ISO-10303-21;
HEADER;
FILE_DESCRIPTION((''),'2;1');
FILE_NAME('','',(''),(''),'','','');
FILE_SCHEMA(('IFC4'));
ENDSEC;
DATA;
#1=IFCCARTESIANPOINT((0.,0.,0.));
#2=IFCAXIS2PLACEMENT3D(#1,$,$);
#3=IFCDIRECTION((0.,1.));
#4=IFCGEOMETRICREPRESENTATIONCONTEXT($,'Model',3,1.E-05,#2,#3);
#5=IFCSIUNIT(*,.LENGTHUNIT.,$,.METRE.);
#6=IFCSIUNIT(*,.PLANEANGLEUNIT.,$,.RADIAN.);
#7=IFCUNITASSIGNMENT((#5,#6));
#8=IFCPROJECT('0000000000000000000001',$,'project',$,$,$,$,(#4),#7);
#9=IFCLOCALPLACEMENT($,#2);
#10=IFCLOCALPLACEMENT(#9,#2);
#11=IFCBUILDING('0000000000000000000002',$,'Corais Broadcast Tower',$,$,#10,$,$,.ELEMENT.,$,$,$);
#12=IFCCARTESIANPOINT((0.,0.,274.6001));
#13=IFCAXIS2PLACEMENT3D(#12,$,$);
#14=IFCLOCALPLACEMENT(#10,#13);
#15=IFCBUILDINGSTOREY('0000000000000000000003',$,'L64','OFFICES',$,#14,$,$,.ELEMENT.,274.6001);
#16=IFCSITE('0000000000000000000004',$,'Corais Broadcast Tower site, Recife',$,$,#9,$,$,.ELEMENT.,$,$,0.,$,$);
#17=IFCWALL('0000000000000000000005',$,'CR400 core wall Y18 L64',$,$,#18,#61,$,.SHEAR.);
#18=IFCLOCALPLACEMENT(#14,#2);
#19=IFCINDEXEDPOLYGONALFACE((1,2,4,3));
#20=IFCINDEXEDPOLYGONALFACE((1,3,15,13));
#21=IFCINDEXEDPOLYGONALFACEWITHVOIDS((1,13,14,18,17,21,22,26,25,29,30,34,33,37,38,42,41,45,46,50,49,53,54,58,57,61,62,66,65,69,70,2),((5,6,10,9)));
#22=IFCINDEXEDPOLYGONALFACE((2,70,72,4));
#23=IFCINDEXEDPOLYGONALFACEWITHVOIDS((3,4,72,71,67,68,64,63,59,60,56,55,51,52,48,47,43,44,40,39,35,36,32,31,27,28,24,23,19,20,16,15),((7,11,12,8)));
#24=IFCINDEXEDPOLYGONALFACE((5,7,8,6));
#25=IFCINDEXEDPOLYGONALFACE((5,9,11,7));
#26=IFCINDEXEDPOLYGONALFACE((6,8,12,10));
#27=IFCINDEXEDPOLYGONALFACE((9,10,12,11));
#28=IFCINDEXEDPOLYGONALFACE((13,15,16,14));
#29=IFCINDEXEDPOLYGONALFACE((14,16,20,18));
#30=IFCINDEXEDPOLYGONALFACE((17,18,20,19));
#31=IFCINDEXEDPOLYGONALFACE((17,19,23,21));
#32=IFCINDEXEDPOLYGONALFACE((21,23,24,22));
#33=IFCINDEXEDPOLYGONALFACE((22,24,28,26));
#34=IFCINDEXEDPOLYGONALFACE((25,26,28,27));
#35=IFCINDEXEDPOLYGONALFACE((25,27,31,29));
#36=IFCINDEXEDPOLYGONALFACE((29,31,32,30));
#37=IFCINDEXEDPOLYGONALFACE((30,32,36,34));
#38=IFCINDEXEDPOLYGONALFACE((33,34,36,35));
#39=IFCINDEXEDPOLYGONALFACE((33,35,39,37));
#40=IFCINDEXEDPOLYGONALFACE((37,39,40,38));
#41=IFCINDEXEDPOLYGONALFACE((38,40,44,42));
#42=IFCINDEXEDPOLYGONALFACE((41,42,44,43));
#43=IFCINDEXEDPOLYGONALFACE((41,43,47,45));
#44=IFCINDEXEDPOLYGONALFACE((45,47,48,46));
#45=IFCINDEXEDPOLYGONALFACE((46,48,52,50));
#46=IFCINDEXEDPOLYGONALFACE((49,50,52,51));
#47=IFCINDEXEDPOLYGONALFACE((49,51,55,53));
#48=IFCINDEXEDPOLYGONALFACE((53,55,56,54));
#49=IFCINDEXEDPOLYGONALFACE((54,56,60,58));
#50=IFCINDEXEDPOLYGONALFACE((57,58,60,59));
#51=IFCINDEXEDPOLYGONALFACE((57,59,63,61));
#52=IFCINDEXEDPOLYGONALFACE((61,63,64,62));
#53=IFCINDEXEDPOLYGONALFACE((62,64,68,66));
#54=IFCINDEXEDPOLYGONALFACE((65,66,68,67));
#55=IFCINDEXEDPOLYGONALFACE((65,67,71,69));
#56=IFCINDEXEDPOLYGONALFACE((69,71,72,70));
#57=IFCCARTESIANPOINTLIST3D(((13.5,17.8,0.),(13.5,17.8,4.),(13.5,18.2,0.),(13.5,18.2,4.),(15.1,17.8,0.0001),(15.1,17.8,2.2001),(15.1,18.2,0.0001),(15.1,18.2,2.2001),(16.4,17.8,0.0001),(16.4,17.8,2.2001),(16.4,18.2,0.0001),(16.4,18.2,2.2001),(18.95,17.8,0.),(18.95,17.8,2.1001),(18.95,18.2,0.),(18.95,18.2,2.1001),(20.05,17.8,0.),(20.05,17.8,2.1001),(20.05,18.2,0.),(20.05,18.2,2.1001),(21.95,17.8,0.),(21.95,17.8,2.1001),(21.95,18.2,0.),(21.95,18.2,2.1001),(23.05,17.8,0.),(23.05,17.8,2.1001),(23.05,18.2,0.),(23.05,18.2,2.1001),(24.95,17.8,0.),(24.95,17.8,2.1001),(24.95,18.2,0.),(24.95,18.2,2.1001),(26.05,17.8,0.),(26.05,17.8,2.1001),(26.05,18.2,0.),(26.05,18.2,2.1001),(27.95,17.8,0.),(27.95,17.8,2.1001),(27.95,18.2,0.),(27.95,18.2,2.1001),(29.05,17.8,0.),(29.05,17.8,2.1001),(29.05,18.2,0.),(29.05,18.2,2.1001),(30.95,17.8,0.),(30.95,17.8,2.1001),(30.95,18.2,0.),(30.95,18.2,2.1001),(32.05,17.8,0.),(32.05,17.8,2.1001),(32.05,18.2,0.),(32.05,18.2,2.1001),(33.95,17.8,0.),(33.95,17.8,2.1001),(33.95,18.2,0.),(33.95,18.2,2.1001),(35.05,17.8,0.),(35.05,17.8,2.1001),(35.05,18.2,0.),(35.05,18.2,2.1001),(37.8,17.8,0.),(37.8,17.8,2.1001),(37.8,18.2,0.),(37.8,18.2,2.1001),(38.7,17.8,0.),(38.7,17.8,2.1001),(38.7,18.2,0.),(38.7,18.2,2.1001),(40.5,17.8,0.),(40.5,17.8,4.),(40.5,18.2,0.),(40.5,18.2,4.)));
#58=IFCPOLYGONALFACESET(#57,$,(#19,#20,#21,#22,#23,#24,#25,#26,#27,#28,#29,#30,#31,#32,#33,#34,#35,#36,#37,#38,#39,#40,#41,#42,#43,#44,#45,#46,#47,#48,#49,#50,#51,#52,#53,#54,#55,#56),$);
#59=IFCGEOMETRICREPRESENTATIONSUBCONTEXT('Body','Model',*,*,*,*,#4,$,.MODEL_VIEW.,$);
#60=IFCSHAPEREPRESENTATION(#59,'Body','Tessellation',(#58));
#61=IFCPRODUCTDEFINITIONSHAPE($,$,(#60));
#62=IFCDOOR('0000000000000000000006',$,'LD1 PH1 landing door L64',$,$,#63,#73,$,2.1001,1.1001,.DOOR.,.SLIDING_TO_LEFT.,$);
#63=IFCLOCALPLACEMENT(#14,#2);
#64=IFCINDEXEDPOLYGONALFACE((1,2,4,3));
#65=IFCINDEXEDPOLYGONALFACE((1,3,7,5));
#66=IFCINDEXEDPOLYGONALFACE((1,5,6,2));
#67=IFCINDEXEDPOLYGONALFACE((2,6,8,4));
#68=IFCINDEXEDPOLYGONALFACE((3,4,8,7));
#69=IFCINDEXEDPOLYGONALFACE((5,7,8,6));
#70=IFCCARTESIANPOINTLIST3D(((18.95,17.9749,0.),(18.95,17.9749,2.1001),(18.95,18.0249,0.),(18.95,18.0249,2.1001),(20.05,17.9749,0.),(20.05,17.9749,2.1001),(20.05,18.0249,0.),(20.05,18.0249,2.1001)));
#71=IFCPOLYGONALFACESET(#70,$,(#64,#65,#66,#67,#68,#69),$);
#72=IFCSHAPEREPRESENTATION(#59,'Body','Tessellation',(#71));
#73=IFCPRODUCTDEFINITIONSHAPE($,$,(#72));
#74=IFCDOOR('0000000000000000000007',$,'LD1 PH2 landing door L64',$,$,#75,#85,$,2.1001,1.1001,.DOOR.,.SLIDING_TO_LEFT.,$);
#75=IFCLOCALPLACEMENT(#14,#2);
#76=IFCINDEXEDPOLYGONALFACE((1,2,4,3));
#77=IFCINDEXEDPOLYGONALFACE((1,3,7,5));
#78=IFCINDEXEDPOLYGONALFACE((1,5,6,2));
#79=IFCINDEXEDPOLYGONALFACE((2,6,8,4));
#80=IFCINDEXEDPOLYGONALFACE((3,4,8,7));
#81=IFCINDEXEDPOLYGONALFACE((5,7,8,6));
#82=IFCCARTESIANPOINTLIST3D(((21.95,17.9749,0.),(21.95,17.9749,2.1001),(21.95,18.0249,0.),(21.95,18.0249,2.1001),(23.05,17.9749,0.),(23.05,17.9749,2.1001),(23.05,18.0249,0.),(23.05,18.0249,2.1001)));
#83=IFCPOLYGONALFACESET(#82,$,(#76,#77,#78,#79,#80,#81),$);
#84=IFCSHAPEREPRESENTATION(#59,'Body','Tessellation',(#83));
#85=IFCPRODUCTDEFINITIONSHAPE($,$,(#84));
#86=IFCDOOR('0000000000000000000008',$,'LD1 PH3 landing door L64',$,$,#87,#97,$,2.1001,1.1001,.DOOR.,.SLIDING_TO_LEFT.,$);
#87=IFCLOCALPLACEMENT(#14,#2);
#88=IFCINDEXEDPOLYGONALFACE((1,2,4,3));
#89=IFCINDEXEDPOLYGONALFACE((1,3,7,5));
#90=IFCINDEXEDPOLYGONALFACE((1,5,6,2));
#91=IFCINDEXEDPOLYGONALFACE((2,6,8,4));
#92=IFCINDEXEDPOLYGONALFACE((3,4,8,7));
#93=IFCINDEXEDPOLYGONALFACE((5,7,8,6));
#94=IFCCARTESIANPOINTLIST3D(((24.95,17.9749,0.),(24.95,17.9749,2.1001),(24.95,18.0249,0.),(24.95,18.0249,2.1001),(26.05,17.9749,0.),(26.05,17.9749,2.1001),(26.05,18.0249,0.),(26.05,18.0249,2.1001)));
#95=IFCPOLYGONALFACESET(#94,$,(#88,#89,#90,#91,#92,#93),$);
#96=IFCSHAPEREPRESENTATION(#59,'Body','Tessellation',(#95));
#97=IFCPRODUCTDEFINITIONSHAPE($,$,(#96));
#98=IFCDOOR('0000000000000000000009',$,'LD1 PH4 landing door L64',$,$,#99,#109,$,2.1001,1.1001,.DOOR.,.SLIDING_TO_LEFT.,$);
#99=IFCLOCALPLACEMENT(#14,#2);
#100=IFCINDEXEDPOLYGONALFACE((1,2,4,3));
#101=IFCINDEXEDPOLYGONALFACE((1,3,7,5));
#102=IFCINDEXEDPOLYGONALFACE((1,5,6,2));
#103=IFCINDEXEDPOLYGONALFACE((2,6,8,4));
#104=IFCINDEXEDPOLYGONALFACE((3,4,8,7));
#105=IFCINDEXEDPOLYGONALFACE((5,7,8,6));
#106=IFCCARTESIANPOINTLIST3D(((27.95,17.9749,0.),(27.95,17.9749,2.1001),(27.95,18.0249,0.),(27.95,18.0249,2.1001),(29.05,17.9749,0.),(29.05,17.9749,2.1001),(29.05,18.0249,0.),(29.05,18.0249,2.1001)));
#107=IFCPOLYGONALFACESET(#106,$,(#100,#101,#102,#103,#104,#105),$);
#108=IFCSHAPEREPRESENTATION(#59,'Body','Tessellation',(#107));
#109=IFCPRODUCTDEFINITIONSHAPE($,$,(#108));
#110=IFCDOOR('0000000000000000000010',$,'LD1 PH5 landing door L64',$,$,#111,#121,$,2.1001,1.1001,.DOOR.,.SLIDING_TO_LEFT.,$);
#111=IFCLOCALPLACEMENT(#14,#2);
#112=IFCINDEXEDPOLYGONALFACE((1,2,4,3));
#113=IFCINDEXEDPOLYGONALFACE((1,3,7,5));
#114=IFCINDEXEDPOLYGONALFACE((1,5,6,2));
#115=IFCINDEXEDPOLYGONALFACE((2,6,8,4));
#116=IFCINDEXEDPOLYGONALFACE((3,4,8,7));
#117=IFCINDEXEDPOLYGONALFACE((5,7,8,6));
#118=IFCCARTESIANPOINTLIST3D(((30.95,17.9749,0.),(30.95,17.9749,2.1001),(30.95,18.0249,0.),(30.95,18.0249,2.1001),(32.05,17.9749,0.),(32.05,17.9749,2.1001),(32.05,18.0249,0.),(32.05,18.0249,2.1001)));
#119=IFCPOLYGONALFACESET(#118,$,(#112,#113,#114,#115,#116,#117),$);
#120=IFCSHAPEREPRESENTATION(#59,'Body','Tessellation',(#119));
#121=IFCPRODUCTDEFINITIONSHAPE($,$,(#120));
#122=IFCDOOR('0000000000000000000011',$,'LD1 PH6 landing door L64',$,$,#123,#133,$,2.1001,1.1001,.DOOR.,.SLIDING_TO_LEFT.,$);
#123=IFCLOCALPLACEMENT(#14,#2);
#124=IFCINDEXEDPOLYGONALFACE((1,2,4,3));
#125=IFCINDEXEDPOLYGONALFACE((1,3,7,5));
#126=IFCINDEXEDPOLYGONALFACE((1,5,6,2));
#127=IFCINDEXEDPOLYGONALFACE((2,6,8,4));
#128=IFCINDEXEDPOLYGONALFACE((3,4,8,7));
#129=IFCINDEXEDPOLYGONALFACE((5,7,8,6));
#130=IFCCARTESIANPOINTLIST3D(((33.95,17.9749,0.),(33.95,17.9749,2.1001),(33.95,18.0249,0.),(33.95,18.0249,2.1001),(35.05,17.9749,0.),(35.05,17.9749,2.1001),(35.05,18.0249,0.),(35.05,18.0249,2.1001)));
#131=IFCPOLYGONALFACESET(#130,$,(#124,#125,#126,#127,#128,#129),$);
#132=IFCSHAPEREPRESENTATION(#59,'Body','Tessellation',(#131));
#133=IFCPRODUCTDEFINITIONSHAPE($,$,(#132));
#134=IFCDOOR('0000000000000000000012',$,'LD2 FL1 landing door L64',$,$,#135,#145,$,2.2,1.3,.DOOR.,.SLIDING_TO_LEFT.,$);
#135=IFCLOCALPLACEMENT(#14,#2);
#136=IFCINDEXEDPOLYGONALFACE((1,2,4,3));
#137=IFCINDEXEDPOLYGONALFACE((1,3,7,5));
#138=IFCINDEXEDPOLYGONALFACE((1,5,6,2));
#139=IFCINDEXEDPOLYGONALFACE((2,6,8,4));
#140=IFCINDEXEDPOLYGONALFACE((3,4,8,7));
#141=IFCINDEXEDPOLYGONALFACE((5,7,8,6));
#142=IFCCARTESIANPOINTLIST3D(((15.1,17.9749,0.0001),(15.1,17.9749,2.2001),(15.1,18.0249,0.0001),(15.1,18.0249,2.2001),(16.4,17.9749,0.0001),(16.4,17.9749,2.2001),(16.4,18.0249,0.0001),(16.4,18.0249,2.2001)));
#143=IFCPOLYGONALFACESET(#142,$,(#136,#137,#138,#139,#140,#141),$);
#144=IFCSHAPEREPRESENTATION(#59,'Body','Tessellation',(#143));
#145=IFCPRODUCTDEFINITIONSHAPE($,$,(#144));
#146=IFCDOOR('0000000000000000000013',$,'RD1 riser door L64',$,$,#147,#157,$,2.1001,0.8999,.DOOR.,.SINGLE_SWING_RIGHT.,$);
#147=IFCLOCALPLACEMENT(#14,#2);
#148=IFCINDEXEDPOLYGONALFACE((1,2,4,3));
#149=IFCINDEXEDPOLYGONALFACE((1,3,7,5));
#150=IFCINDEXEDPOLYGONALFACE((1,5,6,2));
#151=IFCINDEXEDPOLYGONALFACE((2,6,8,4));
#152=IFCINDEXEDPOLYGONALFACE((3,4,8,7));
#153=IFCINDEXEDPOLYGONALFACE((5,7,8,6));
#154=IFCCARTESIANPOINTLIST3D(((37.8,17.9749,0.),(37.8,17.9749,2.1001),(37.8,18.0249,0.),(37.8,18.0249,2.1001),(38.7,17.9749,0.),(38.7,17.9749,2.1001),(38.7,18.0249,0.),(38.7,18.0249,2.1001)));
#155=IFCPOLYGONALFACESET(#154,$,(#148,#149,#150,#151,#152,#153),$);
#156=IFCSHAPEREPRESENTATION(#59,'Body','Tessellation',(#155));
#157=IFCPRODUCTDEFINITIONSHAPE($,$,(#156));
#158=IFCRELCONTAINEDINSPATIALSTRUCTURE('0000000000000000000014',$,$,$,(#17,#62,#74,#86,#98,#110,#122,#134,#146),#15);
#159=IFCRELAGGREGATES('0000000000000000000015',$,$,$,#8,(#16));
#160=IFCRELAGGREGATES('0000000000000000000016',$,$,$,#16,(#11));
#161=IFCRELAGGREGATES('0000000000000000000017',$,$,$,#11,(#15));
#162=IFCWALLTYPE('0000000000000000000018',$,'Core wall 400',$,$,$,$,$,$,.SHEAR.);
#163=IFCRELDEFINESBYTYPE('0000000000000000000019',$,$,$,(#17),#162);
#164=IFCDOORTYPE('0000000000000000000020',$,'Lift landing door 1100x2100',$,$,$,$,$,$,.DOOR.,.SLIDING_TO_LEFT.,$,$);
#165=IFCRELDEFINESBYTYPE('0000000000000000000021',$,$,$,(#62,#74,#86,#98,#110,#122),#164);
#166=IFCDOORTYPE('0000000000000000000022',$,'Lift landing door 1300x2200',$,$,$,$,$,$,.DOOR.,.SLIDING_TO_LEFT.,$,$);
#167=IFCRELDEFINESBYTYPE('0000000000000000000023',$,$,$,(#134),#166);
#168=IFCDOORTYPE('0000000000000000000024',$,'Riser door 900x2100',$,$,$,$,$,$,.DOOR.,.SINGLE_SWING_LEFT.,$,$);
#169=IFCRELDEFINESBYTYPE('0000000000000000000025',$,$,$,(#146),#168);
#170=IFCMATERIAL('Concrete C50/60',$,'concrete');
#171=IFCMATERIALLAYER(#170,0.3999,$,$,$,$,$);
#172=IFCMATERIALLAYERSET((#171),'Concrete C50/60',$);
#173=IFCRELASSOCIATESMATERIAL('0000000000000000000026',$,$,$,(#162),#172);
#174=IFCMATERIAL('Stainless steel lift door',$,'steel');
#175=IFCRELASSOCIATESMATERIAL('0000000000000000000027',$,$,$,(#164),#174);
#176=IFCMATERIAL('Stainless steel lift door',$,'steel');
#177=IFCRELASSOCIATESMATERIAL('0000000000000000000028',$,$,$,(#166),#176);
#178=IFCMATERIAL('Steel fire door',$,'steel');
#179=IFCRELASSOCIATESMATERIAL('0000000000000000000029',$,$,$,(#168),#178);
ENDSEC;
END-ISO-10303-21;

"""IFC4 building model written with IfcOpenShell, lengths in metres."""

from ifc_helpers import new_model, si_unit, direction, frame, frame_2d, origin, place, context, subcontext, project, spatial, rectangle, extrude, material, layer, layer_set, type_object, element, fill, save


model = new_model("IFC4")

# Units and contexts
model_context = context("Model", 3, precision=1e-05, world=origin(), true_north=direction((0.0, 1.0)))
body_context = subcontext(model_context, "Body", "Model", "MODEL_VIEW")
ifc_project = project(units=[si_unit("LENGTHUNIT", "METRE"), si_unit("PLANEANGLEUNIT", "RADIAN")], contexts=[model_context])

# Site, building, storey
site_placement = place(None, origin())
site = spatial("IfcSite", under=ifc_project, at=site_placement, Name="Corais Broadcast Tower site, Recife", CompositionType="ELEMENT", RefElevation=0.0)
building_placement = place(site_placement, origin())
building = spatial("IfcBuilding", under=site, at=building_placement, Name="Corais Broadcast Tower", CompositionType="ELEMENT")
storey_placement = place(building_placement, frame((0.0, 0.0, 274.6001)))
storey = spatial("IfcBuildingStorey", under=building, at=storey_placement, Name="L64", Description="OFFICES", CompositionType="ELEMENT", Elevation=274.6001)

# Shared definitions
ifc_material_1 = material(Name="Concrete C50/60", Category="concrete")
ifc_layer_1 = layer(ifc_material_1, 0.3999)
ifc_layer_set_1 = layer_set([ifc_layer_1], Name="Concrete C50/60")
wall_type_1 = type_object("IfcWallType", Name="Core wall 400", PredefinedType="SHEAR", material=ifc_layer_set_1)

# Wall, openings, doors
wall_1_placement = place(storey_placement, frame((13.5, 18.0, 0.0), z_axis=(0.0, 0.0, 1.0), x_axis=(1.0, 0.0, 0.0)))
wall_1 = element("IfcWall", 1, at=wall_1_placement, inside=storey, type_object=wall_type_1, Name="CR400 core wall Y18 L64", PredefinedType="SHEAR", context=body_context, shape_type="SweptSolid", body=[
    extrude(rectangle(XDim=27.0, YDim=0.3999, at=frame_2d((13.5, 0.0))), origin(), (0.0, 0.0, 1.0), 4.0),
])
opening_1_placement = place(wall_1_placement, frame((24.3, 0.0, 0.0)))
opening_1 = element("IfcOpeningElement", 2, at=opening_1_placement, cuts=wall_1, PredefinedType="OPENING", context=body_context, shape_type="SweptSolid", body=[
    extrude(rectangle(XDim=0.8999, YDim=2.1001, at=frame_2d((0.45, 1.05))), frame((0.0, 0.21, 0.0), z_axis=(0.0, -1.0, 0.0), x_axis=(1.0, 0.0, 0.0)), (0.0, 0.0, 1.0), 0.4199),
])
opening_2_placement = place(wall_1_placement, frame((5.45, 0.0, 0.0)))
opening_2 = element("IfcOpeningElement", 3, at=opening_2_placement, cuts=wall_1, PredefinedType="OPENING", context=body_context, shape_type="SweptSolid", body=[
    extrude(rectangle(XDim=1.1001, YDim=2.1001, at=frame_2d((0.55, 1.05))), frame((0.0, 0.21, 0.0), z_axis=(0.0, -1.0, 0.0), x_axis=(1.0, 0.0, 0.0)), (0.0, 0.0, 1.0), 0.4199),
])
opening_3_placement = place(wall_1_placement, frame((8.45, 0.0, 0.0)))
opening_3 = element("IfcOpeningElement", 4, at=opening_3_placement, cuts=wall_1, PredefinedType="OPENING", context=body_context, shape_type="SweptSolid", body=[
    extrude(rectangle(XDim=1.1001, YDim=2.1001, at=frame_2d((0.55, 1.05))), frame((0.0, 0.21, 0.0), z_axis=(0.0, -1.0, 0.0), x_axis=(1.0, 0.0, 0.0)), (0.0, 0.0, 1.0), 0.4199),
])
opening_4_placement = place(wall_1_placement, frame((11.45, 0.0, 0.0)))
opening_4 = element("IfcOpeningElement", 5, at=opening_4_placement, cuts=wall_1, PredefinedType="OPENING", context=body_context, shape_type="SweptSolid", body=[
    extrude(rectangle(XDim=1.1001, YDim=2.1001, at=frame_2d((0.55, 1.05))), frame((0.0, 0.21, 0.0), z_axis=(0.0, -1.0, 0.0), x_axis=(1.0, 0.0, 0.0)), (0.0, 0.0, 1.0), 0.4199),
])
opening_5_placement = place(wall_1_placement, frame((14.45, 0.0, 0.0)))
opening_5 = element("IfcOpeningElement", 6, at=opening_5_placement, cuts=wall_1, PredefinedType="OPENING", context=body_context, shape_type="SweptSolid", body=[
    extrude(rectangle(XDim=1.1001, YDim=2.1001, at=frame_2d((0.55, 1.05))), frame((0.0, 0.21, 0.0), z_axis=(0.0, -1.0, 0.0), x_axis=(1.0, 0.0, 0.0)), (0.0, 0.0, 1.0), 0.4199),
])
opening_6_placement = place(wall_1_placement, frame((17.45, 0.0, 0.0)))
opening_6 = element("IfcOpeningElement", 7, at=opening_6_placement, cuts=wall_1, PredefinedType="OPENING", context=body_context, shape_type="SweptSolid", body=[
    extrude(rectangle(XDim=1.1001, YDim=2.1001, at=frame_2d((0.55, 1.05))), frame((0.0, 0.21, 0.0), z_axis=(0.0, -1.0, 0.0), x_axis=(1.0, 0.0, 0.0)), (0.0, 0.0, 1.0), 0.4199),
])
opening_7_placement = place(wall_1_placement, frame((20.45, 0.0, 0.0)))
opening_7 = element("IfcOpeningElement", 8, at=opening_7_placement, cuts=wall_1, PredefinedType="OPENING", context=body_context, shape_type="SweptSolid", body=[
    extrude(rectangle(XDim=1.1001, YDim=2.1001, at=frame_2d((0.55, 1.05))), frame((0.0, 0.21, 0.0), z_axis=(0.0, -1.0, 0.0), x_axis=(1.0, 0.0, 0.0)), (0.0, 0.0, 1.0), 0.4199),
])
opening_8_placement = place(wall_1_placement, frame((1.6001, 0.0, 0.0)))
opening_8 = element("IfcOpeningElement", 9, at=opening_8_placement, cuts=wall_1, PredefinedType="OPENING", context=body_context, shape_type="SweptSolid", body=[
    extrude(rectangle(XDim=1.3, YDim=2.2, at=frame_2d((0.6499, 1.1001))), frame((0.0, 0.21, 0.0), z_axis=(0.0, -1.0, 0.0), x_axis=(1.0, 0.0, 0.0)), (0.0, 0.0, 1.0), 0.4199),
])
ifc_material_2 = material(Name="Stainless steel lift door", Category="steel")
door_type_1 = type_object("IfcDoorType", Name="Lift landing door 1100x2100", OperationType="SLIDING_TO_LEFT", PredefinedType="DOOR", material=ifc_material_2)
door_1_placement = place(opening_2_placement, origin())
door_1 = element("IfcDoor", 10, at=door_1_placement, inside=storey, type_object=door_type_1, Name="LD1 PH1 landing door L64", OperationType="SLIDING_TO_LEFT", OverallHeight=2.1001, OverallWidth=1.1001, PredefinedType="DOOR", context=body_context, shape_type="SweptSolid", body=[
    extrude(rectangle(XDim=1.1001, YDim=2.1001, at=frame_2d((0.55, 1.05))), frame((0.0, 0.0249, 0.0), z_axis=(0.0, -1.0, 0.0), x_axis=(1.0, 0.0, 0.0)), (0.0, 0.0, 1.0), 0.05),
])
fill(opening_2, door_1)
door_2_placement = place(opening_3_placement, origin())
door_2 = element("IfcDoor", 11, at=door_2_placement, inside=storey, type_object=door_type_1, Name="LD1 PH2 landing door L64", OperationType="SLIDING_TO_LEFT", OverallHeight=2.1001, OverallWidth=1.1001, PredefinedType="DOOR", context=body_context, shape_type="SweptSolid", body=[
    extrude(rectangle(XDim=1.1001, YDim=2.1001, at=frame_2d((0.55, 1.05))), frame((0.0, 0.0249, 0.0), z_axis=(0.0, -1.0, 0.0), x_axis=(1.0, 0.0, 0.0)), (0.0, 0.0, 1.0), 0.05),
])
fill(opening_3, door_2)
door_3_placement = place(opening_4_placement, origin())
door_3 = element("IfcDoor", 12, at=door_3_placement, inside=storey, type_object=door_type_1, Name="LD1 PH3 landing door L64", OperationType="SLIDING_TO_LEFT", OverallHeight=2.1001, OverallWidth=1.1001, PredefinedType="DOOR", context=body_context, shape_type="SweptSolid", body=[
    extrude(rectangle(XDim=1.1001, YDim=2.1001, at=frame_2d((0.55, 1.05))), frame((0.0, 0.0249, 0.0), z_axis=(0.0, -1.0, 0.0), x_axis=(1.0, 0.0, 0.0)), (0.0, 0.0, 1.0), 0.05),
])
fill(opening_4, door_3)
door_4_placement = place(opening_5_placement, origin())
door_4 = element("IfcDoor", 13, at=door_4_placement, inside=storey, type_object=door_type_1, Name="LD1 PH4 landing door L64", OperationType="SLIDING_TO_LEFT", OverallHeight=2.1001, OverallWidth=1.1001, PredefinedType="DOOR", context=body_context, shape_type="SweptSolid", body=[
    extrude(rectangle(XDim=1.1001, YDim=2.1001, at=frame_2d((0.55, 1.05))), frame((0.0, 0.0249, 0.0), z_axis=(0.0, -1.0, 0.0), x_axis=(1.0, 0.0, 0.0)), (0.0, 0.0, 1.0), 0.05),
])
fill(opening_5, door_4)
door_5_placement = place(opening_6_placement, origin())
door_5 = element("IfcDoor", 14, at=door_5_placement, inside=storey, type_object=door_type_1, Name="LD1 PH5 landing door L64", OperationType="SLIDING_TO_LEFT", OverallHeight=2.1001, OverallWidth=1.1001, PredefinedType="DOOR", context=body_context, shape_type="SweptSolid", body=[
    extrude(rectangle(XDim=1.1001, YDim=2.1001, at=frame_2d((0.55, 1.05))), frame((0.0, 0.0249, 0.0), z_axis=(0.0, -1.0, 0.0), x_axis=(1.0, 0.0, 0.0)), (0.0, 0.0, 1.0), 0.05),
])
fill(opening_6, door_5)
door_6_placement = place(opening_7_placement, origin())
door_6 = element("IfcDoor", 15, at=door_6_placement, inside=storey, type_object=door_type_1, Name="LD1 PH6 landing door L64", OperationType="SLIDING_TO_LEFT", OverallHeight=2.1001, OverallWidth=1.1001, PredefinedType="DOOR", context=body_context, shape_type="SweptSolid", body=[
    extrude(rectangle(XDim=1.1001, YDim=2.1001, at=frame_2d((0.55, 1.05))), frame((0.0, 0.0249, 0.0), z_axis=(0.0, -1.0, 0.0), x_axis=(1.0, 0.0, 0.0)), (0.0, 0.0, 1.0), 0.05),
])
fill(opening_7, door_6)
ifc_material_3 = material(Name="Stainless steel lift door", Category="steel")
door_type_2 = type_object("IfcDoorType", Name="Lift landing door 1300x2200", OperationType="SLIDING_TO_LEFT", PredefinedType="DOOR", material=ifc_material_3)
door_7_placement = place(opening_8_placement, origin())
door_7 = element("IfcDoor", 16, at=door_7_placement, inside=storey, type_object=door_type_2, Name="LD2 FL1 landing door L64", OperationType="SLIDING_TO_LEFT", OverallHeight=2.2, OverallWidth=1.3, PredefinedType="DOOR", context=body_context, shape_type="SweptSolid", body=[
    extrude(rectangle(XDim=1.3, YDim=2.2, at=frame_2d((0.6499, 1.1001))), frame((0.0, 0.0249, 0.0), z_axis=(0.0, -1.0, 0.0), x_axis=(1.0, 0.0, 0.0)), (0.0, 0.0, 1.0), 0.05),
])
fill(opening_8, door_7)
ifc_material_4 = material(Name="Steel fire door", Category="steel")
door_type_3 = type_object("IfcDoorType", Name="Riser door 900x2100", OperationType="SINGLE_SWING_LEFT", PredefinedType="DOOR", material=ifc_material_4)
door_8_placement = place(opening_1_placement, origin())
door_8 = element("IfcDoor", 17, at=door_8_placement, inside=storey, type_object=door_type_3, Name="RD1 riser door L64", OperationType="SINGLE_SWING_RIGHT", OverallHeight=2.1001, OverallWidth=0.8999, PredefinedType="DOOR", context=body_context, shape_type="SweptSolid", body=[
    extrude(rectangle(XDim=0.8999, YDim=2.1001, at=frame_2d((0.45, 1.05))), frame((0.0, 0.0249, 0.0), z_axis=(0.0, -1.0, 0.0), x_axis=(1.0, 0.0, 0.0)), (0.0, 0.0, 1.0), 0.05),
])
fill(opening_1, door_8)

save(model, "model.ifc")
